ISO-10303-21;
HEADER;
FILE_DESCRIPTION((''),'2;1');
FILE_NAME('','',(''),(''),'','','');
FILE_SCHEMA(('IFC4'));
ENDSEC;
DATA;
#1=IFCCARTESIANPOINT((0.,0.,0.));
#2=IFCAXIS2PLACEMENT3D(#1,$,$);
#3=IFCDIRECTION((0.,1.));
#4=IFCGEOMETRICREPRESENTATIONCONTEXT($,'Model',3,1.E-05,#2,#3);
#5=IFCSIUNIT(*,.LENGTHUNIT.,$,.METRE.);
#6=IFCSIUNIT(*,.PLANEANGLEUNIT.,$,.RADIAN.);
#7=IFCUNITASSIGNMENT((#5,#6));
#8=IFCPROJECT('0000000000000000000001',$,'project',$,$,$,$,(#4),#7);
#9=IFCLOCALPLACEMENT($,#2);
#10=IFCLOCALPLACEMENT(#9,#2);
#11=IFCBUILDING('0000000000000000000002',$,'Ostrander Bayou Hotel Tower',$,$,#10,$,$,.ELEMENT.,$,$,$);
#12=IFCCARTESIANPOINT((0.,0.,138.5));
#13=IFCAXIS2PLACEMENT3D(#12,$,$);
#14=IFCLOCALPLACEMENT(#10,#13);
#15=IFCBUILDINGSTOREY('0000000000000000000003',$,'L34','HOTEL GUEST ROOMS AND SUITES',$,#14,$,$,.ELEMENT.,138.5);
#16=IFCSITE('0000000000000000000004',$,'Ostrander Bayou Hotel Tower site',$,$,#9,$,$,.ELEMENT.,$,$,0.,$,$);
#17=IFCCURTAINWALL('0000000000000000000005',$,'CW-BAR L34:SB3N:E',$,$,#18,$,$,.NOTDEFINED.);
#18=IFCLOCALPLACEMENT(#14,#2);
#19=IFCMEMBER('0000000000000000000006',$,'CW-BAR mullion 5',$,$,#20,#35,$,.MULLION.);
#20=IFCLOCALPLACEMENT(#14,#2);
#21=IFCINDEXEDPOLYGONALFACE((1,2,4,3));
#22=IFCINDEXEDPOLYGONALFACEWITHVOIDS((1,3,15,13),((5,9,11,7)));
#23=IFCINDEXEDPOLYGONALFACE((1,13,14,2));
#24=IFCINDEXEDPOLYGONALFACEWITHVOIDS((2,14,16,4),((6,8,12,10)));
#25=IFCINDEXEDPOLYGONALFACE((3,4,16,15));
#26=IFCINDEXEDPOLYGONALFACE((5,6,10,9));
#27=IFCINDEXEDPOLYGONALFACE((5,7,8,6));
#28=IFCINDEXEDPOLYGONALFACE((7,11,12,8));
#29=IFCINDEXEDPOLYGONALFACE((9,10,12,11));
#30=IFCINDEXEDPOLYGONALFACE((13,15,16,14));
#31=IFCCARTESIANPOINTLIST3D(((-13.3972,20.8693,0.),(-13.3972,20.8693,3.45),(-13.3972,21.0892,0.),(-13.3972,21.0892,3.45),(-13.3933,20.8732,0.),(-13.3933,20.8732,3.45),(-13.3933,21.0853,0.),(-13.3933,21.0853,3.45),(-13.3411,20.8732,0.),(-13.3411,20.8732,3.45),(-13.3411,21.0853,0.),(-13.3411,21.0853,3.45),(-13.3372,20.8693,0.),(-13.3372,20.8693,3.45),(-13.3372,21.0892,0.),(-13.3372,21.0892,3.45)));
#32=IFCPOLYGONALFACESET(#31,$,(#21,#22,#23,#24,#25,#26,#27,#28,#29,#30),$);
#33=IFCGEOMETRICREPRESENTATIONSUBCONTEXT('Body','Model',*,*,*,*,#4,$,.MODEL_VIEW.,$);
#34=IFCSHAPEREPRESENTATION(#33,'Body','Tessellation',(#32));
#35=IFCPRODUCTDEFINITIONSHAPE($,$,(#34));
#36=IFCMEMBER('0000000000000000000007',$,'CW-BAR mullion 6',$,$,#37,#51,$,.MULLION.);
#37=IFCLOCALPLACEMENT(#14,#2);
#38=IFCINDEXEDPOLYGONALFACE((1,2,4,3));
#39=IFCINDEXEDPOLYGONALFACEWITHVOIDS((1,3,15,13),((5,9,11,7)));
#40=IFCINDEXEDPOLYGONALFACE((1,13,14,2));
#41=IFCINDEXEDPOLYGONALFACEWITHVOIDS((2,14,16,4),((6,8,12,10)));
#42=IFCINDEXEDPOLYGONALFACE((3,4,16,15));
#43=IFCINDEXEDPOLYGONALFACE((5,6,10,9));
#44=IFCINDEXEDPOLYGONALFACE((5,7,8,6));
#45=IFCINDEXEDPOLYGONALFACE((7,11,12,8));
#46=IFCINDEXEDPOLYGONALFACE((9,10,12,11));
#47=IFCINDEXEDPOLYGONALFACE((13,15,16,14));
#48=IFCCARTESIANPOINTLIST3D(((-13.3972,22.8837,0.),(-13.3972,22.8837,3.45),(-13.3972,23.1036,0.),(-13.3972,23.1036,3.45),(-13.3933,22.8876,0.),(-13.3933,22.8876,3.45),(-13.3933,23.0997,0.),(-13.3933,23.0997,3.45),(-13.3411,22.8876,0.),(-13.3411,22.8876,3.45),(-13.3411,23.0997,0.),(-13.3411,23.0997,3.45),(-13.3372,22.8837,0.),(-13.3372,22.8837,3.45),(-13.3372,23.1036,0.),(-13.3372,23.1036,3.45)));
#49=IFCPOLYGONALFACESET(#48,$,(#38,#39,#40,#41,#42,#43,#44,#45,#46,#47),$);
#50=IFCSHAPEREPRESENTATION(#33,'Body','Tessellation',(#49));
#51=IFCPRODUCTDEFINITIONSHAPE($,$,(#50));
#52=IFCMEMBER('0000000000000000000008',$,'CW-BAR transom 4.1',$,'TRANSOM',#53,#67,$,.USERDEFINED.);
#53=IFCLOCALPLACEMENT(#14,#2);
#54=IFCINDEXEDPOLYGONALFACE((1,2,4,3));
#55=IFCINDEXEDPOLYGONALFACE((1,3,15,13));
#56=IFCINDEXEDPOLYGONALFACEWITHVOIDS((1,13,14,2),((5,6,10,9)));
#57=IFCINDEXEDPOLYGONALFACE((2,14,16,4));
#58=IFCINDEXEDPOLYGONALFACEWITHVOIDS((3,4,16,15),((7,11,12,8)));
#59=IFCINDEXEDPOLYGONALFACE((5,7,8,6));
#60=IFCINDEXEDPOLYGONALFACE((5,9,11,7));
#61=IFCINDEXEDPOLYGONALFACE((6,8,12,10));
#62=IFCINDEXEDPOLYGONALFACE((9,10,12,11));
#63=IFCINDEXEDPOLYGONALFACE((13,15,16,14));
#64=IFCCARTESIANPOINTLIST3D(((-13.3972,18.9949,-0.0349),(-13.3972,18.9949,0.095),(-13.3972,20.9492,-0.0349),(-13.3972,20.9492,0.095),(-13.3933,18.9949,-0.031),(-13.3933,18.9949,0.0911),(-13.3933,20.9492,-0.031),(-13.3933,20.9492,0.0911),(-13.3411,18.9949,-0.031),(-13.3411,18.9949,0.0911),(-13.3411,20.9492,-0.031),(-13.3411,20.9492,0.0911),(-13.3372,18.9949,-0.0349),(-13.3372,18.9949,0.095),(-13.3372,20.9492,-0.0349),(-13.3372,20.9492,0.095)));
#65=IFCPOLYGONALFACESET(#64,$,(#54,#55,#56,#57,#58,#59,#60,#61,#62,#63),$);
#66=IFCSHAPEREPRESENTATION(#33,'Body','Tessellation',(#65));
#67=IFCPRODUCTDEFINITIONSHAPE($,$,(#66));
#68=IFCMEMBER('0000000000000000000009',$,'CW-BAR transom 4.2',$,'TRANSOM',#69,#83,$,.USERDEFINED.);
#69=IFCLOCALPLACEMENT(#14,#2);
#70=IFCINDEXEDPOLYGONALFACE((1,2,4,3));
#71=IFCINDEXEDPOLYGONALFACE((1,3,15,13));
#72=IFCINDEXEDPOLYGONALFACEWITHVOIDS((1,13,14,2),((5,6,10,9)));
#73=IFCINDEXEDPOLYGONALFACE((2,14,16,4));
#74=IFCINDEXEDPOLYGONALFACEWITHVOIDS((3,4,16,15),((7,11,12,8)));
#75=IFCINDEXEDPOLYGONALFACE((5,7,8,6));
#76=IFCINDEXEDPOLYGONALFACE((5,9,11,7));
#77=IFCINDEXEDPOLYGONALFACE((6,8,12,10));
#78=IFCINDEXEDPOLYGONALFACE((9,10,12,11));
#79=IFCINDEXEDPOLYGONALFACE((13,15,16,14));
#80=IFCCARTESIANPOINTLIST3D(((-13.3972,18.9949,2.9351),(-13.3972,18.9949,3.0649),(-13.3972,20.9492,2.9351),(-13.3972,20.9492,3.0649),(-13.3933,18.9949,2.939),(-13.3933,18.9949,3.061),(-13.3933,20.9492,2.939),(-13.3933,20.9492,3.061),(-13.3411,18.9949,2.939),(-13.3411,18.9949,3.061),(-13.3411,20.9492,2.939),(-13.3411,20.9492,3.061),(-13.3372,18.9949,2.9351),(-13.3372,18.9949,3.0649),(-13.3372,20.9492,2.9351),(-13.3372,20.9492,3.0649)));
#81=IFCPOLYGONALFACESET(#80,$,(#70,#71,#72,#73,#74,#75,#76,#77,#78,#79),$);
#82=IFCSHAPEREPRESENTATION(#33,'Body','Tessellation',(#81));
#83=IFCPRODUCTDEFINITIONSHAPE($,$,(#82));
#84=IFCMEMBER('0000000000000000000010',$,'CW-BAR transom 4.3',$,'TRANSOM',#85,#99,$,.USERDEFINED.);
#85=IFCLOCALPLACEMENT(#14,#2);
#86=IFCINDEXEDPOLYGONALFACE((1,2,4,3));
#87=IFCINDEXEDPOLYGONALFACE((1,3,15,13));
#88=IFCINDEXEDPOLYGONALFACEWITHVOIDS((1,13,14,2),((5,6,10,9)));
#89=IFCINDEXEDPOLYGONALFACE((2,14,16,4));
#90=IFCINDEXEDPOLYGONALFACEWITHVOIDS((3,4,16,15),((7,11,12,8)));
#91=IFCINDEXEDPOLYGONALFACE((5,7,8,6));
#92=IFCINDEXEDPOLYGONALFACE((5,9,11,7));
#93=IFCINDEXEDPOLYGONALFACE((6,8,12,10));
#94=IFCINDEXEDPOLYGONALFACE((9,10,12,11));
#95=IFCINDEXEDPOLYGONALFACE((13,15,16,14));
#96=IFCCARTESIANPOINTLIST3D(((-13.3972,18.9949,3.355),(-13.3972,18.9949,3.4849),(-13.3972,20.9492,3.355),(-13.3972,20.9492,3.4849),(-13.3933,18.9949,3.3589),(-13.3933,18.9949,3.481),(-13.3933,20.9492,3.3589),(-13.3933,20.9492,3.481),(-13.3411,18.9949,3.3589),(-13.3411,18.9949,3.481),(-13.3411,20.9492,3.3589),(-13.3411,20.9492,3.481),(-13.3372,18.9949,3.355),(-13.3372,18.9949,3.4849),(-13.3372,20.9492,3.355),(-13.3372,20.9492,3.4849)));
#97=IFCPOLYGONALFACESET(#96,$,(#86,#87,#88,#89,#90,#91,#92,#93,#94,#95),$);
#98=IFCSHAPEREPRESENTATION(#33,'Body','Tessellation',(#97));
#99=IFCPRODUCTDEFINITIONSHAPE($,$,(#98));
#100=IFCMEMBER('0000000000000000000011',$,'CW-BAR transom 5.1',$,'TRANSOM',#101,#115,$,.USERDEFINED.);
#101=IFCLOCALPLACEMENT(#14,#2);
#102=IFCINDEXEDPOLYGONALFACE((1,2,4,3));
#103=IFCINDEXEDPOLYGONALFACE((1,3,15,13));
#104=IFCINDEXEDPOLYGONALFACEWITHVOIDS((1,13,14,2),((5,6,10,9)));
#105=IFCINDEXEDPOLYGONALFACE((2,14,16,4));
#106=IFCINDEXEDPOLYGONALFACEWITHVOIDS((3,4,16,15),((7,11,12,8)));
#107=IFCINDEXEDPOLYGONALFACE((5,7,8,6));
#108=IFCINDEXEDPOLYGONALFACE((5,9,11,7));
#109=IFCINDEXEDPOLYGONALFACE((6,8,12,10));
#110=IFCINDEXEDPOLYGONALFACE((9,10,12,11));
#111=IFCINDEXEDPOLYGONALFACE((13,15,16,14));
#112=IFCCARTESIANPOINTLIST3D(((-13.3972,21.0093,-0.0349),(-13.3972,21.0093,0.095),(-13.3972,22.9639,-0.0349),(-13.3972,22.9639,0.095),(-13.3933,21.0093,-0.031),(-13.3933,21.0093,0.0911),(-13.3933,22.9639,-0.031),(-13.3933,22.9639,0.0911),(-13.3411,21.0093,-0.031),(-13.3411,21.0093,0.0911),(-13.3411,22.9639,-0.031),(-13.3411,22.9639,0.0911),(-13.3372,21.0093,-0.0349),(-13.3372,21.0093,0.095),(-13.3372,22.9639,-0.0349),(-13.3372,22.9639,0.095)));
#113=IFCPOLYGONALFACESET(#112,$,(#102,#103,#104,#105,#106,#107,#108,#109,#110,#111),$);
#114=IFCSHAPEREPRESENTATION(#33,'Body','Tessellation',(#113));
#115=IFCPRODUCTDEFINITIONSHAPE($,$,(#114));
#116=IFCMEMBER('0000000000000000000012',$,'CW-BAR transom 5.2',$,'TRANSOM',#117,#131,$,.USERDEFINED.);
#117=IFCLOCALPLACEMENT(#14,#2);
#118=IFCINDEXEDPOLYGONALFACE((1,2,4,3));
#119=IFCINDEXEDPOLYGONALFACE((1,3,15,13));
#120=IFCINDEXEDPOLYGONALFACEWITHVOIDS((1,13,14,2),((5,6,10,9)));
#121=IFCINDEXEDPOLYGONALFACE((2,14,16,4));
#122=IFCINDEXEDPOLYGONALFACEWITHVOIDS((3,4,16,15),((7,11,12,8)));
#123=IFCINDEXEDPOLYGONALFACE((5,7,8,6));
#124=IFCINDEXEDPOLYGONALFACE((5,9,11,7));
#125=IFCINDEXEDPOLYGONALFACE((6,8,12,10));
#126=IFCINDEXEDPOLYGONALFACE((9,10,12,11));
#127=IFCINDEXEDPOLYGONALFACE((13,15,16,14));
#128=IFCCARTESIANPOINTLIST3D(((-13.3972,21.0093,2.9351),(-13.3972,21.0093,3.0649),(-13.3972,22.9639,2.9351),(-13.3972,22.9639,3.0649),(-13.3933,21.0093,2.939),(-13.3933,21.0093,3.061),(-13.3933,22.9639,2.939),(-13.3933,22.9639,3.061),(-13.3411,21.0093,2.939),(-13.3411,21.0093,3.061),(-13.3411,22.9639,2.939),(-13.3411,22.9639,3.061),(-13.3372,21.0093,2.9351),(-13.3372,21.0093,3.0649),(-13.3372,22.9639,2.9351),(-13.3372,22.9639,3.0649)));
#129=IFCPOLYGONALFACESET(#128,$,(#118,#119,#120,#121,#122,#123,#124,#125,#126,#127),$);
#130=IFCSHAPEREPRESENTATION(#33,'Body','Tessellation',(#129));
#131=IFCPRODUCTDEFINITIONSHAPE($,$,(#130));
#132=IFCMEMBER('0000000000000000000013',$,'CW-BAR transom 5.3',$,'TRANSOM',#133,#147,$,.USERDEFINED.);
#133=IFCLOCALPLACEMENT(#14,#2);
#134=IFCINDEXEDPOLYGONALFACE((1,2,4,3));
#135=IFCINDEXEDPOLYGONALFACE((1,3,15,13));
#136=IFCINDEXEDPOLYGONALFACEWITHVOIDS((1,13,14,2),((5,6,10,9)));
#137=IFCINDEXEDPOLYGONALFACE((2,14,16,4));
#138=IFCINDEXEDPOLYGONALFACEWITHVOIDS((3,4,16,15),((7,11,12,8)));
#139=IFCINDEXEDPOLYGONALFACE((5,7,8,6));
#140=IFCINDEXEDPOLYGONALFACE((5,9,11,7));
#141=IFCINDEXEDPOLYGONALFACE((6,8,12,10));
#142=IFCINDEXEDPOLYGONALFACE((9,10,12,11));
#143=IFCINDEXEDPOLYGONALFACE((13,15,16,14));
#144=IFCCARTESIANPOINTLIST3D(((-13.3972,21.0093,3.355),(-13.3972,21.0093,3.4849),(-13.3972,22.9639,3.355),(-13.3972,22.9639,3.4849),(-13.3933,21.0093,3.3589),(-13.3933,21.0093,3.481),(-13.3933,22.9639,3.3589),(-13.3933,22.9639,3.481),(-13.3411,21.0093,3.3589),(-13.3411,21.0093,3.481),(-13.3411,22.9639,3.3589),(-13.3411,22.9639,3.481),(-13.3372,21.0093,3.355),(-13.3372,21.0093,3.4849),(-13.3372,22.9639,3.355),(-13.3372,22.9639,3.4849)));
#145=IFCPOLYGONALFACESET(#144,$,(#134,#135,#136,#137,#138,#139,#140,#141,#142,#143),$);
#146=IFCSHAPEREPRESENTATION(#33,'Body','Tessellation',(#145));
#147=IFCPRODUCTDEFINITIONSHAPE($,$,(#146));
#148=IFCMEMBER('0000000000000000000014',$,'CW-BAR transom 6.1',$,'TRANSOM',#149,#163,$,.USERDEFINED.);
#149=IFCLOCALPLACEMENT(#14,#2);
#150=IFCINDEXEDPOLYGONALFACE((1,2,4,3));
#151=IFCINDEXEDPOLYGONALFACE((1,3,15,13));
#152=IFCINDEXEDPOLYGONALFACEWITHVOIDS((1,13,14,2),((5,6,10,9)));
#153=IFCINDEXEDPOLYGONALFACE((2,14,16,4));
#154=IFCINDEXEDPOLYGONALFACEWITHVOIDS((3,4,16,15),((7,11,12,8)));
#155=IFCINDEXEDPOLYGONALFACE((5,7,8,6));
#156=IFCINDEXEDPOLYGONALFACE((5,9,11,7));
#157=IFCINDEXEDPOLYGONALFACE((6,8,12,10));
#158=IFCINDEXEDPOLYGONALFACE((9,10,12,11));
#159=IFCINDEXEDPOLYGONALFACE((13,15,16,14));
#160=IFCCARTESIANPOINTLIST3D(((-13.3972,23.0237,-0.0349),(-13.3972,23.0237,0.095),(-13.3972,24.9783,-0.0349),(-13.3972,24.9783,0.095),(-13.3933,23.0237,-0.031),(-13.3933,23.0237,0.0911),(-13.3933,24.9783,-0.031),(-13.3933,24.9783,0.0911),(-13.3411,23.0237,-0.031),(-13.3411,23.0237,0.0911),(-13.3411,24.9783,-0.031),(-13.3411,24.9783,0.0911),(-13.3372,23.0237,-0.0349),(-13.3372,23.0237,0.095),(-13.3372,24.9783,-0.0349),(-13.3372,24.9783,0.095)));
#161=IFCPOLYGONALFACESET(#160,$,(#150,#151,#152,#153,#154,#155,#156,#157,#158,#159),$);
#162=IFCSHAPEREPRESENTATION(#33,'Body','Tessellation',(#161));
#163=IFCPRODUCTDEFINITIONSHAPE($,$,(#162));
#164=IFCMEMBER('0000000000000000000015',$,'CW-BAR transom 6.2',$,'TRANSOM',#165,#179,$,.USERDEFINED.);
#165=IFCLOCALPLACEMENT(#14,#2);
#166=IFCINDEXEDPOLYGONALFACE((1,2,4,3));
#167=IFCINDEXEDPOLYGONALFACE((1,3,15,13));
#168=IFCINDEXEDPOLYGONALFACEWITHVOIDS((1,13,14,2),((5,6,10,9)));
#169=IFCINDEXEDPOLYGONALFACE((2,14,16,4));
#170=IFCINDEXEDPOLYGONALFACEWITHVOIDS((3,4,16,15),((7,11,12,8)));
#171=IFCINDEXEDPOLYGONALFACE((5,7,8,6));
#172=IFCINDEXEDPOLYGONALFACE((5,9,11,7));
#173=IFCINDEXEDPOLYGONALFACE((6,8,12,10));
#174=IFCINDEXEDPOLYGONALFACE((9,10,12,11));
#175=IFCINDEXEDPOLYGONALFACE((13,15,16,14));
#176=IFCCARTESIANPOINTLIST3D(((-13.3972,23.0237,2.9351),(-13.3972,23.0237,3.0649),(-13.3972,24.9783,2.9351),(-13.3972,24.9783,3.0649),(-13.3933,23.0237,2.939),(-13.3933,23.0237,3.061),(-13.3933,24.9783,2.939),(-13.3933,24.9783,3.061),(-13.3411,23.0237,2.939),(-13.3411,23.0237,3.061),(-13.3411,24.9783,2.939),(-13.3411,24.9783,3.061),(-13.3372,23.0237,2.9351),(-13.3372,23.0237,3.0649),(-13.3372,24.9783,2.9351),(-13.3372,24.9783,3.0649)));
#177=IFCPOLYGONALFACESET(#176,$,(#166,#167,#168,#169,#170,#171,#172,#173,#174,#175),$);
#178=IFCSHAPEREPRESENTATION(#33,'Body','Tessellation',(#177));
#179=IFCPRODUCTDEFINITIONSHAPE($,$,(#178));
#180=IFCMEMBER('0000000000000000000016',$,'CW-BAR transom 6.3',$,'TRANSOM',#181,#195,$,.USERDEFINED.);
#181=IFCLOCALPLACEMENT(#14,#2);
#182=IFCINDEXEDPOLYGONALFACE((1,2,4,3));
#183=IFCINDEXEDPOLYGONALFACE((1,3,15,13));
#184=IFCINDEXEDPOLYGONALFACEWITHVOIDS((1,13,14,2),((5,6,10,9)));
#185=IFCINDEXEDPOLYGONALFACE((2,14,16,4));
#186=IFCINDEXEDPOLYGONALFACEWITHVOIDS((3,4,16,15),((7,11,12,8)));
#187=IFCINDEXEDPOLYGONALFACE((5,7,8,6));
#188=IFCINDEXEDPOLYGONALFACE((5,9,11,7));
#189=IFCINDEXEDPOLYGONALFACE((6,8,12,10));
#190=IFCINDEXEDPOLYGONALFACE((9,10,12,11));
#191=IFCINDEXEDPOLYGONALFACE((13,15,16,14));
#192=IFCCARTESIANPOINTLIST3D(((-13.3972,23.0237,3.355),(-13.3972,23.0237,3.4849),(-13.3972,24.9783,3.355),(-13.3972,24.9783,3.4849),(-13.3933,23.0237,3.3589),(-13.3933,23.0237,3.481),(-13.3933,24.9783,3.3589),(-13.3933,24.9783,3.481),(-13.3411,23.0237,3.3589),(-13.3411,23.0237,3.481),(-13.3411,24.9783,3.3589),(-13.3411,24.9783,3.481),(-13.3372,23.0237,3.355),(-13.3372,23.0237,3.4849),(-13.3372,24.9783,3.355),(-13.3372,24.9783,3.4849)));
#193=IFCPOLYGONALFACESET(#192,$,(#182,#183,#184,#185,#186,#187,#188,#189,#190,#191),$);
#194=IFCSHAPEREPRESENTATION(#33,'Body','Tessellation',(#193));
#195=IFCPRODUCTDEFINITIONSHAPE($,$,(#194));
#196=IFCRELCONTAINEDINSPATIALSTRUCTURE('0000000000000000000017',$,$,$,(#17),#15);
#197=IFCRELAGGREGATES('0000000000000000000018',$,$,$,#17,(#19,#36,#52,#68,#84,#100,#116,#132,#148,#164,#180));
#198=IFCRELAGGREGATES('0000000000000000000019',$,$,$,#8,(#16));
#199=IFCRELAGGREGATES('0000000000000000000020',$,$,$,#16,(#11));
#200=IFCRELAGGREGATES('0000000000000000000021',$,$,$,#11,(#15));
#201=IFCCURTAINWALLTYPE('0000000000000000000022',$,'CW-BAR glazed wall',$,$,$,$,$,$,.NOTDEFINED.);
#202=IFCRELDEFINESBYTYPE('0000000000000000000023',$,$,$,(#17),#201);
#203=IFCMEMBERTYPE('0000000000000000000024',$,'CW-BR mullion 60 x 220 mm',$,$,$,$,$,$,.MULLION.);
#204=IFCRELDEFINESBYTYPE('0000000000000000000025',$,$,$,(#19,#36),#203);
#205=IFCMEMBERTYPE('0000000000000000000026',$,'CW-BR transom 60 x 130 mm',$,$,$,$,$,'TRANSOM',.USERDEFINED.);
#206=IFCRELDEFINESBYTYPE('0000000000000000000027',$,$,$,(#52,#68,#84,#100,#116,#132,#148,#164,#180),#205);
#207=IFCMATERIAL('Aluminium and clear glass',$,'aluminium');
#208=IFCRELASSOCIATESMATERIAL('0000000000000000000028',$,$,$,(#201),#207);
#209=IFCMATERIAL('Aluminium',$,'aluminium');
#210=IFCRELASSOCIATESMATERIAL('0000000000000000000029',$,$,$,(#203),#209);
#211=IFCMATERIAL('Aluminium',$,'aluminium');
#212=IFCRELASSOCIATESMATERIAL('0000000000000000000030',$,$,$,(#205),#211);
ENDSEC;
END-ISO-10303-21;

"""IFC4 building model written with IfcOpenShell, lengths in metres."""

from ifc_helpers import new_model, si_unit, direction, frame, origin, origin_2d, place, context, subcontext, project, spatial, hollow_rectangle, extrude, material, material_profile, profile_set, type_object, element, aggregate, save


model = new_model("IFC4")

# Units and contexts
model_context = context("Model", 3, precision=1e-05, world=origin(), true_north=direction((0.0, 1.0)))
body_context = subcontext(model_context, "Body", "Model", "MODEL_VIEW")
ifc_project = project(units=[si_unit("LENGTHUNIT", "METRE"), si_unit("PLANEANGLEUNIT", "RADIAN")], contexts=[model_context])

# Site, building, storey
site_placement = place(None, origin())
site = spatial("IfcSite", under=ifc_project, at=site_placement, Name="Ostrander Bayou Hotel Tower site", CompositionType="ELEMENT", RefElevation=0.0)
building_placement = place(site_placement, origin())
building = spatial("IfcBuilding", under=site, at=building_placement, Name="Ostrander Bayou Hotel Tower", CompositionType="ELEMENT")
storey_placement = place(building_placement, frame((0.0, 0.0, 138.5)))
storey = spatial("IfcBuildingStorey", under=building, at=storey_placement, Name="L34", Description="HOTEL GUEST ROOMS AND SUITES", CompositionType="ELEMENT", Elevation=138.5)

# Curtain wall, members
ifc_material_1 = material(Name="Aluminium and clear glass", Category="aluminium")
curtain_wall_type = type_object("IfcCurtainWallType", Name="CW-BAR glazed wall", PredefinedType="NOTDEFINED", material=ifc_material_1)
curtain_wall_placement = place(storey_placement, origin())
curtain_wall = element("IfcCurtainWall", 1, at=curtain_wall_placement, inside=storey, type_object=curtain_wall_type, Name="CW-BAR L34:SB3N:E", PredefinedType="NOTDEFINED")
ifc_material_2 = material(Name="Aluminium", Category="aluminium")
ifc_material_profile_1 = material_profile(ifc_material_2, hollow_rectangle(XDim=0.0601, YDim=0.22, WallThickness=0.0039, at=origin_2d()))
ifc_profile_set_1 = profile_set([ifc_material_profile_1], Name="Aluminium")
member_type_1 = type_object("IfcMemberType", Name="CW-BR mullion 60 x 220 mm", PredefinedType="MULLION", material=ifc_profile_set_1)
member_1_placement = place(storey_placement, frame((-13.3672, 20.9792, 0.0), z_axis=(0.0, 0.0, 1.0), x_axis=(-1.0, 0.0, 0.0)))
member_1 = element("IfcMember", 2, at=member_1_placement, type_object=member_type_1, Name="CW-BAR mullion 5", PredefinedType="MULLION", context=body_context, shape_type="SweptSolid", body=[
    extrude(hollow_rectangle(XDim=0.0601, YDim=0.22, WallThickness=0.0039, at=origin_2d()), origin(), (0.0, 0.0, 1.0), 3.45),
])
member_2_placement = place(storey_placement, frame((-13.3672, 22.9937, 0.0), z_axis=(0.0, 0.0, 1.0), x_axis=(-1.0, 0.0, 0.0)))
member_2 = element("IfcMember", 3, at=member_2_placement, type_object=member_type_1, Name="CW-BAR mullion 6", PredefinedType="MULLION", context=body_context, shape_type="SweptSolid", body=[
    extrude(hollow_rectangle(XDim=0.0601, YDim=0.22, WallThickness=0.0039, at=origin_2d()), origin(), (0.0, 0.0, 1.0), 3.45),
])
ifc_material_3 = material(Name="Aluminium", Category="aluminium")
ifc_material_profile_2 = material_profile(ifc_material_3, hollow_rectangle(XDim=0.0601, YDim=0.1299, WallThickness=0.0039, at=origin_2d()))
ifc_profile_set_2 = profile_set([ifc_material_profile_2], Name="Aluminium")
member_type_2 = type_object("IfcMemberType", Name="CW-BR transom 60 x 130 mm", ElementType="TRANSOM", PredefinedType="USERDEFINED", material=ifc_profile_set_2)
member_3_placement = place(storey_placement, frame((-13.3672, 18.9949, 0.03), z_axis=(0.0, 1.0, 0.0), x_axis=(-1.0, 0.0, 0.0)))
member_3 = element("IfcMember", 4, at=member_3_placement, type_object=member_type_2, Name="CW-BAR transom 4.1", ObjectType="TRANSOM", PredefinedType="USERDEFINED", context=body_context, shape_type="SweptSolid", body=[
    extrude(hollow_rectangle(XDim=0.0601, YDim=0.1299, WallThickness=0.0039, at=origin_2d()), origin(), (0.0, 0.0, 1.0), 1.9543),
])
member_4_placement = place(storey_placement, frame((-13.3672, 18.9949, 3.0), z_axis=(0.0, 1.0, 0.0), x_axis=(-1.0, 0.0, 0.0)))
member_4 = element("IfcMember", 5, at=member_4_placement, type_object=member_type_2, Name="CW-BAR transom 4.2", ObjectType="TRANSOM", PredefinedType="USERDEFINED", context=body_context, shape_type="SweptSolid", body=[
    extrude(hollow_rectangle(XDim=0.0601, YDim=0.1299, WallThickness=0.0039, at=origin_2d()), origin(), (0.0, 0.0, 1.0), 1.9543),
])
member_5_placement = place(storey_placement, frame((-13.3672, 18.9949, 3.4199), z_axis=(0.0, 1.0, 0.0), x_axis=(-1.0, 0.0, 0.0)))
member_5 = element("IfcMember", 6, at=member_5_placement, type_object=member_type_2, Name="CW-BAR transom 4.3", ObjectType="TRANSOM", PredefinedType="USERDEFINED", context=body_context, shape_type="SweptSolid", body=[
    extrude(hollow_rectangle(XDim=0.0601, YDim=0.1299, WallThickness=0.0039, at=origin_2d()), origin(), (0.0, 0.0, 1.0), 1.9543),
])
member_6_placement = place(storey_placement, frame((-13.3672, 21.0093, 0.03), z_axis=(0.0, 1.0, 0.0), x_axis=(-1.0, 0.0, 0.0)))
member_6 = element("IfcMember", 7, at=member_6_placement, type_object=member_type_2, Name="CW-BAR transom 5.1", ObjectType="TRANSOM", PredefinedType="USERDEFINED", context=body_context, shape_type="SweptSolid", body=[
    extrude(hollow_rectangle(XDim=0.0601, YDim=0.1299, WallThickness=0.0039, at=origin_2d()), origin(), (0.0, 0.0, 1.0), 1.9546),
])
member_7_placement = place(storey_placement, frame((-13.3672, 21.0093, 3.0), z_axis=(0.0, 1.0, 0.0), x_axis=(-1.0, 0.0, 0.0)))
member_7 = element("IfcMember", 8, at=member_7_placement, type_object=member_type_2, Name="CW-BAR transom 5.2", ObjectType="TRANSOM", PredefinedType="USERDEFINED", context=body_context, shape_type="SweptSolid", body=[
    extrude(hollow_rectangle(XDim=0.0601, YDim=0.1299, WallThickness=0.0039, at=origin_2d()), origin(), (0.0, 0.0, 1.0), 1.9546),
])
member_8_placement = place(storey_placement, frame((-13.3672, 21.0093, 3.4199), z_axis=(0.0, 1.0, 0.0), x_axis=(-1.0, 0.0, 0.0)))
member_8 = element("IfcMember", 9, at=member_8_placement, type_object=member_type_2, Name="CW-BAR transom 5.3", ObjectType="TRANSOM", PredefinedType="USERDEFINED", context=body_context, shape_type="SweptSolid", body=[
    extrude(hollow_rectangle(XDim=0.0601, YDim=0.1299, WallThickness=0.0039, at=origin_2d()), origin(), (0.0, 0.0, 1.0), 1.9546),
])
member_9_placement = place(storey_placement, frame((-13.3672, 23.0237, 0.03), z_axis=(0.0, 1.0, 0.0), x_axis=(-1.0, 0.0, 0.0)))
member_9 = element("IfcMember", 10, at=member_9_placement, type_object=member_type_2, Name="CW-BAR transom 6.1", ObjectType="TRANSOM", PredefinedType="USERDEFINED", context=body_context, shape_type="SweptSolid", body=[
    extrude(hollow_rectangle(XDim=0.0601, YDim=0.1299, WallThickness=0.0039, at=origin_2d()), origin(), (0.0, 0.0, 1.0), 1.9546),
])
member_10_placement = place(storey_placement, frame((-13.3672, 23.0237, 3.0), z_axis=(0.0, 1.0, 0.0), x_axis=(-1.0, 0.0, 0.0)))
member_10 = element("IfcMember", 11, at=member_10_placement, type_object=member_type_2, Name="CW-BAR transom 6.2", ObjectType="TRANSOM", PredefinedType="USERDEFINED", context=body_context, shape_type="SweptSolid", body=[
    extrude(hollow_rectangle(XDim=0.0601, YDim=0.1299, WallThickness=0.0039, at=origin_2d()), origin(), (0.0, 0.0, 1.0), 1.9546),
])
member_11_placement = place(storey_placement, frame((-13.3672, 23.0237, 3.4199), z_axis=(0.0, 1.0, 0.0), x_axis=(-1.0, 0.0, 0.0)))
member_11 = element("IfcMember", 12, at=member_11_placement, type_object=member_type_2, Name="CW-BAR transom 6.3", ObjectType="TRANSOM", PredefinedType="USERDEFINED", context=body_context, shape_type="SweptSolid", body=[
    extrude(hollow_rectangle(XDim=0.0601, YDim=0.1299, WallThickness=0.0039, at=origin_2d()), origin(), (0.0, 0.0, 1.0), 1.9546),
])

aggregate(curtain_wall, [member_1, member_2, member_3, member_4, member_5, member_6, member_7, member_8, member_9, member_10, member_11])

save(model, "model.ifc")
